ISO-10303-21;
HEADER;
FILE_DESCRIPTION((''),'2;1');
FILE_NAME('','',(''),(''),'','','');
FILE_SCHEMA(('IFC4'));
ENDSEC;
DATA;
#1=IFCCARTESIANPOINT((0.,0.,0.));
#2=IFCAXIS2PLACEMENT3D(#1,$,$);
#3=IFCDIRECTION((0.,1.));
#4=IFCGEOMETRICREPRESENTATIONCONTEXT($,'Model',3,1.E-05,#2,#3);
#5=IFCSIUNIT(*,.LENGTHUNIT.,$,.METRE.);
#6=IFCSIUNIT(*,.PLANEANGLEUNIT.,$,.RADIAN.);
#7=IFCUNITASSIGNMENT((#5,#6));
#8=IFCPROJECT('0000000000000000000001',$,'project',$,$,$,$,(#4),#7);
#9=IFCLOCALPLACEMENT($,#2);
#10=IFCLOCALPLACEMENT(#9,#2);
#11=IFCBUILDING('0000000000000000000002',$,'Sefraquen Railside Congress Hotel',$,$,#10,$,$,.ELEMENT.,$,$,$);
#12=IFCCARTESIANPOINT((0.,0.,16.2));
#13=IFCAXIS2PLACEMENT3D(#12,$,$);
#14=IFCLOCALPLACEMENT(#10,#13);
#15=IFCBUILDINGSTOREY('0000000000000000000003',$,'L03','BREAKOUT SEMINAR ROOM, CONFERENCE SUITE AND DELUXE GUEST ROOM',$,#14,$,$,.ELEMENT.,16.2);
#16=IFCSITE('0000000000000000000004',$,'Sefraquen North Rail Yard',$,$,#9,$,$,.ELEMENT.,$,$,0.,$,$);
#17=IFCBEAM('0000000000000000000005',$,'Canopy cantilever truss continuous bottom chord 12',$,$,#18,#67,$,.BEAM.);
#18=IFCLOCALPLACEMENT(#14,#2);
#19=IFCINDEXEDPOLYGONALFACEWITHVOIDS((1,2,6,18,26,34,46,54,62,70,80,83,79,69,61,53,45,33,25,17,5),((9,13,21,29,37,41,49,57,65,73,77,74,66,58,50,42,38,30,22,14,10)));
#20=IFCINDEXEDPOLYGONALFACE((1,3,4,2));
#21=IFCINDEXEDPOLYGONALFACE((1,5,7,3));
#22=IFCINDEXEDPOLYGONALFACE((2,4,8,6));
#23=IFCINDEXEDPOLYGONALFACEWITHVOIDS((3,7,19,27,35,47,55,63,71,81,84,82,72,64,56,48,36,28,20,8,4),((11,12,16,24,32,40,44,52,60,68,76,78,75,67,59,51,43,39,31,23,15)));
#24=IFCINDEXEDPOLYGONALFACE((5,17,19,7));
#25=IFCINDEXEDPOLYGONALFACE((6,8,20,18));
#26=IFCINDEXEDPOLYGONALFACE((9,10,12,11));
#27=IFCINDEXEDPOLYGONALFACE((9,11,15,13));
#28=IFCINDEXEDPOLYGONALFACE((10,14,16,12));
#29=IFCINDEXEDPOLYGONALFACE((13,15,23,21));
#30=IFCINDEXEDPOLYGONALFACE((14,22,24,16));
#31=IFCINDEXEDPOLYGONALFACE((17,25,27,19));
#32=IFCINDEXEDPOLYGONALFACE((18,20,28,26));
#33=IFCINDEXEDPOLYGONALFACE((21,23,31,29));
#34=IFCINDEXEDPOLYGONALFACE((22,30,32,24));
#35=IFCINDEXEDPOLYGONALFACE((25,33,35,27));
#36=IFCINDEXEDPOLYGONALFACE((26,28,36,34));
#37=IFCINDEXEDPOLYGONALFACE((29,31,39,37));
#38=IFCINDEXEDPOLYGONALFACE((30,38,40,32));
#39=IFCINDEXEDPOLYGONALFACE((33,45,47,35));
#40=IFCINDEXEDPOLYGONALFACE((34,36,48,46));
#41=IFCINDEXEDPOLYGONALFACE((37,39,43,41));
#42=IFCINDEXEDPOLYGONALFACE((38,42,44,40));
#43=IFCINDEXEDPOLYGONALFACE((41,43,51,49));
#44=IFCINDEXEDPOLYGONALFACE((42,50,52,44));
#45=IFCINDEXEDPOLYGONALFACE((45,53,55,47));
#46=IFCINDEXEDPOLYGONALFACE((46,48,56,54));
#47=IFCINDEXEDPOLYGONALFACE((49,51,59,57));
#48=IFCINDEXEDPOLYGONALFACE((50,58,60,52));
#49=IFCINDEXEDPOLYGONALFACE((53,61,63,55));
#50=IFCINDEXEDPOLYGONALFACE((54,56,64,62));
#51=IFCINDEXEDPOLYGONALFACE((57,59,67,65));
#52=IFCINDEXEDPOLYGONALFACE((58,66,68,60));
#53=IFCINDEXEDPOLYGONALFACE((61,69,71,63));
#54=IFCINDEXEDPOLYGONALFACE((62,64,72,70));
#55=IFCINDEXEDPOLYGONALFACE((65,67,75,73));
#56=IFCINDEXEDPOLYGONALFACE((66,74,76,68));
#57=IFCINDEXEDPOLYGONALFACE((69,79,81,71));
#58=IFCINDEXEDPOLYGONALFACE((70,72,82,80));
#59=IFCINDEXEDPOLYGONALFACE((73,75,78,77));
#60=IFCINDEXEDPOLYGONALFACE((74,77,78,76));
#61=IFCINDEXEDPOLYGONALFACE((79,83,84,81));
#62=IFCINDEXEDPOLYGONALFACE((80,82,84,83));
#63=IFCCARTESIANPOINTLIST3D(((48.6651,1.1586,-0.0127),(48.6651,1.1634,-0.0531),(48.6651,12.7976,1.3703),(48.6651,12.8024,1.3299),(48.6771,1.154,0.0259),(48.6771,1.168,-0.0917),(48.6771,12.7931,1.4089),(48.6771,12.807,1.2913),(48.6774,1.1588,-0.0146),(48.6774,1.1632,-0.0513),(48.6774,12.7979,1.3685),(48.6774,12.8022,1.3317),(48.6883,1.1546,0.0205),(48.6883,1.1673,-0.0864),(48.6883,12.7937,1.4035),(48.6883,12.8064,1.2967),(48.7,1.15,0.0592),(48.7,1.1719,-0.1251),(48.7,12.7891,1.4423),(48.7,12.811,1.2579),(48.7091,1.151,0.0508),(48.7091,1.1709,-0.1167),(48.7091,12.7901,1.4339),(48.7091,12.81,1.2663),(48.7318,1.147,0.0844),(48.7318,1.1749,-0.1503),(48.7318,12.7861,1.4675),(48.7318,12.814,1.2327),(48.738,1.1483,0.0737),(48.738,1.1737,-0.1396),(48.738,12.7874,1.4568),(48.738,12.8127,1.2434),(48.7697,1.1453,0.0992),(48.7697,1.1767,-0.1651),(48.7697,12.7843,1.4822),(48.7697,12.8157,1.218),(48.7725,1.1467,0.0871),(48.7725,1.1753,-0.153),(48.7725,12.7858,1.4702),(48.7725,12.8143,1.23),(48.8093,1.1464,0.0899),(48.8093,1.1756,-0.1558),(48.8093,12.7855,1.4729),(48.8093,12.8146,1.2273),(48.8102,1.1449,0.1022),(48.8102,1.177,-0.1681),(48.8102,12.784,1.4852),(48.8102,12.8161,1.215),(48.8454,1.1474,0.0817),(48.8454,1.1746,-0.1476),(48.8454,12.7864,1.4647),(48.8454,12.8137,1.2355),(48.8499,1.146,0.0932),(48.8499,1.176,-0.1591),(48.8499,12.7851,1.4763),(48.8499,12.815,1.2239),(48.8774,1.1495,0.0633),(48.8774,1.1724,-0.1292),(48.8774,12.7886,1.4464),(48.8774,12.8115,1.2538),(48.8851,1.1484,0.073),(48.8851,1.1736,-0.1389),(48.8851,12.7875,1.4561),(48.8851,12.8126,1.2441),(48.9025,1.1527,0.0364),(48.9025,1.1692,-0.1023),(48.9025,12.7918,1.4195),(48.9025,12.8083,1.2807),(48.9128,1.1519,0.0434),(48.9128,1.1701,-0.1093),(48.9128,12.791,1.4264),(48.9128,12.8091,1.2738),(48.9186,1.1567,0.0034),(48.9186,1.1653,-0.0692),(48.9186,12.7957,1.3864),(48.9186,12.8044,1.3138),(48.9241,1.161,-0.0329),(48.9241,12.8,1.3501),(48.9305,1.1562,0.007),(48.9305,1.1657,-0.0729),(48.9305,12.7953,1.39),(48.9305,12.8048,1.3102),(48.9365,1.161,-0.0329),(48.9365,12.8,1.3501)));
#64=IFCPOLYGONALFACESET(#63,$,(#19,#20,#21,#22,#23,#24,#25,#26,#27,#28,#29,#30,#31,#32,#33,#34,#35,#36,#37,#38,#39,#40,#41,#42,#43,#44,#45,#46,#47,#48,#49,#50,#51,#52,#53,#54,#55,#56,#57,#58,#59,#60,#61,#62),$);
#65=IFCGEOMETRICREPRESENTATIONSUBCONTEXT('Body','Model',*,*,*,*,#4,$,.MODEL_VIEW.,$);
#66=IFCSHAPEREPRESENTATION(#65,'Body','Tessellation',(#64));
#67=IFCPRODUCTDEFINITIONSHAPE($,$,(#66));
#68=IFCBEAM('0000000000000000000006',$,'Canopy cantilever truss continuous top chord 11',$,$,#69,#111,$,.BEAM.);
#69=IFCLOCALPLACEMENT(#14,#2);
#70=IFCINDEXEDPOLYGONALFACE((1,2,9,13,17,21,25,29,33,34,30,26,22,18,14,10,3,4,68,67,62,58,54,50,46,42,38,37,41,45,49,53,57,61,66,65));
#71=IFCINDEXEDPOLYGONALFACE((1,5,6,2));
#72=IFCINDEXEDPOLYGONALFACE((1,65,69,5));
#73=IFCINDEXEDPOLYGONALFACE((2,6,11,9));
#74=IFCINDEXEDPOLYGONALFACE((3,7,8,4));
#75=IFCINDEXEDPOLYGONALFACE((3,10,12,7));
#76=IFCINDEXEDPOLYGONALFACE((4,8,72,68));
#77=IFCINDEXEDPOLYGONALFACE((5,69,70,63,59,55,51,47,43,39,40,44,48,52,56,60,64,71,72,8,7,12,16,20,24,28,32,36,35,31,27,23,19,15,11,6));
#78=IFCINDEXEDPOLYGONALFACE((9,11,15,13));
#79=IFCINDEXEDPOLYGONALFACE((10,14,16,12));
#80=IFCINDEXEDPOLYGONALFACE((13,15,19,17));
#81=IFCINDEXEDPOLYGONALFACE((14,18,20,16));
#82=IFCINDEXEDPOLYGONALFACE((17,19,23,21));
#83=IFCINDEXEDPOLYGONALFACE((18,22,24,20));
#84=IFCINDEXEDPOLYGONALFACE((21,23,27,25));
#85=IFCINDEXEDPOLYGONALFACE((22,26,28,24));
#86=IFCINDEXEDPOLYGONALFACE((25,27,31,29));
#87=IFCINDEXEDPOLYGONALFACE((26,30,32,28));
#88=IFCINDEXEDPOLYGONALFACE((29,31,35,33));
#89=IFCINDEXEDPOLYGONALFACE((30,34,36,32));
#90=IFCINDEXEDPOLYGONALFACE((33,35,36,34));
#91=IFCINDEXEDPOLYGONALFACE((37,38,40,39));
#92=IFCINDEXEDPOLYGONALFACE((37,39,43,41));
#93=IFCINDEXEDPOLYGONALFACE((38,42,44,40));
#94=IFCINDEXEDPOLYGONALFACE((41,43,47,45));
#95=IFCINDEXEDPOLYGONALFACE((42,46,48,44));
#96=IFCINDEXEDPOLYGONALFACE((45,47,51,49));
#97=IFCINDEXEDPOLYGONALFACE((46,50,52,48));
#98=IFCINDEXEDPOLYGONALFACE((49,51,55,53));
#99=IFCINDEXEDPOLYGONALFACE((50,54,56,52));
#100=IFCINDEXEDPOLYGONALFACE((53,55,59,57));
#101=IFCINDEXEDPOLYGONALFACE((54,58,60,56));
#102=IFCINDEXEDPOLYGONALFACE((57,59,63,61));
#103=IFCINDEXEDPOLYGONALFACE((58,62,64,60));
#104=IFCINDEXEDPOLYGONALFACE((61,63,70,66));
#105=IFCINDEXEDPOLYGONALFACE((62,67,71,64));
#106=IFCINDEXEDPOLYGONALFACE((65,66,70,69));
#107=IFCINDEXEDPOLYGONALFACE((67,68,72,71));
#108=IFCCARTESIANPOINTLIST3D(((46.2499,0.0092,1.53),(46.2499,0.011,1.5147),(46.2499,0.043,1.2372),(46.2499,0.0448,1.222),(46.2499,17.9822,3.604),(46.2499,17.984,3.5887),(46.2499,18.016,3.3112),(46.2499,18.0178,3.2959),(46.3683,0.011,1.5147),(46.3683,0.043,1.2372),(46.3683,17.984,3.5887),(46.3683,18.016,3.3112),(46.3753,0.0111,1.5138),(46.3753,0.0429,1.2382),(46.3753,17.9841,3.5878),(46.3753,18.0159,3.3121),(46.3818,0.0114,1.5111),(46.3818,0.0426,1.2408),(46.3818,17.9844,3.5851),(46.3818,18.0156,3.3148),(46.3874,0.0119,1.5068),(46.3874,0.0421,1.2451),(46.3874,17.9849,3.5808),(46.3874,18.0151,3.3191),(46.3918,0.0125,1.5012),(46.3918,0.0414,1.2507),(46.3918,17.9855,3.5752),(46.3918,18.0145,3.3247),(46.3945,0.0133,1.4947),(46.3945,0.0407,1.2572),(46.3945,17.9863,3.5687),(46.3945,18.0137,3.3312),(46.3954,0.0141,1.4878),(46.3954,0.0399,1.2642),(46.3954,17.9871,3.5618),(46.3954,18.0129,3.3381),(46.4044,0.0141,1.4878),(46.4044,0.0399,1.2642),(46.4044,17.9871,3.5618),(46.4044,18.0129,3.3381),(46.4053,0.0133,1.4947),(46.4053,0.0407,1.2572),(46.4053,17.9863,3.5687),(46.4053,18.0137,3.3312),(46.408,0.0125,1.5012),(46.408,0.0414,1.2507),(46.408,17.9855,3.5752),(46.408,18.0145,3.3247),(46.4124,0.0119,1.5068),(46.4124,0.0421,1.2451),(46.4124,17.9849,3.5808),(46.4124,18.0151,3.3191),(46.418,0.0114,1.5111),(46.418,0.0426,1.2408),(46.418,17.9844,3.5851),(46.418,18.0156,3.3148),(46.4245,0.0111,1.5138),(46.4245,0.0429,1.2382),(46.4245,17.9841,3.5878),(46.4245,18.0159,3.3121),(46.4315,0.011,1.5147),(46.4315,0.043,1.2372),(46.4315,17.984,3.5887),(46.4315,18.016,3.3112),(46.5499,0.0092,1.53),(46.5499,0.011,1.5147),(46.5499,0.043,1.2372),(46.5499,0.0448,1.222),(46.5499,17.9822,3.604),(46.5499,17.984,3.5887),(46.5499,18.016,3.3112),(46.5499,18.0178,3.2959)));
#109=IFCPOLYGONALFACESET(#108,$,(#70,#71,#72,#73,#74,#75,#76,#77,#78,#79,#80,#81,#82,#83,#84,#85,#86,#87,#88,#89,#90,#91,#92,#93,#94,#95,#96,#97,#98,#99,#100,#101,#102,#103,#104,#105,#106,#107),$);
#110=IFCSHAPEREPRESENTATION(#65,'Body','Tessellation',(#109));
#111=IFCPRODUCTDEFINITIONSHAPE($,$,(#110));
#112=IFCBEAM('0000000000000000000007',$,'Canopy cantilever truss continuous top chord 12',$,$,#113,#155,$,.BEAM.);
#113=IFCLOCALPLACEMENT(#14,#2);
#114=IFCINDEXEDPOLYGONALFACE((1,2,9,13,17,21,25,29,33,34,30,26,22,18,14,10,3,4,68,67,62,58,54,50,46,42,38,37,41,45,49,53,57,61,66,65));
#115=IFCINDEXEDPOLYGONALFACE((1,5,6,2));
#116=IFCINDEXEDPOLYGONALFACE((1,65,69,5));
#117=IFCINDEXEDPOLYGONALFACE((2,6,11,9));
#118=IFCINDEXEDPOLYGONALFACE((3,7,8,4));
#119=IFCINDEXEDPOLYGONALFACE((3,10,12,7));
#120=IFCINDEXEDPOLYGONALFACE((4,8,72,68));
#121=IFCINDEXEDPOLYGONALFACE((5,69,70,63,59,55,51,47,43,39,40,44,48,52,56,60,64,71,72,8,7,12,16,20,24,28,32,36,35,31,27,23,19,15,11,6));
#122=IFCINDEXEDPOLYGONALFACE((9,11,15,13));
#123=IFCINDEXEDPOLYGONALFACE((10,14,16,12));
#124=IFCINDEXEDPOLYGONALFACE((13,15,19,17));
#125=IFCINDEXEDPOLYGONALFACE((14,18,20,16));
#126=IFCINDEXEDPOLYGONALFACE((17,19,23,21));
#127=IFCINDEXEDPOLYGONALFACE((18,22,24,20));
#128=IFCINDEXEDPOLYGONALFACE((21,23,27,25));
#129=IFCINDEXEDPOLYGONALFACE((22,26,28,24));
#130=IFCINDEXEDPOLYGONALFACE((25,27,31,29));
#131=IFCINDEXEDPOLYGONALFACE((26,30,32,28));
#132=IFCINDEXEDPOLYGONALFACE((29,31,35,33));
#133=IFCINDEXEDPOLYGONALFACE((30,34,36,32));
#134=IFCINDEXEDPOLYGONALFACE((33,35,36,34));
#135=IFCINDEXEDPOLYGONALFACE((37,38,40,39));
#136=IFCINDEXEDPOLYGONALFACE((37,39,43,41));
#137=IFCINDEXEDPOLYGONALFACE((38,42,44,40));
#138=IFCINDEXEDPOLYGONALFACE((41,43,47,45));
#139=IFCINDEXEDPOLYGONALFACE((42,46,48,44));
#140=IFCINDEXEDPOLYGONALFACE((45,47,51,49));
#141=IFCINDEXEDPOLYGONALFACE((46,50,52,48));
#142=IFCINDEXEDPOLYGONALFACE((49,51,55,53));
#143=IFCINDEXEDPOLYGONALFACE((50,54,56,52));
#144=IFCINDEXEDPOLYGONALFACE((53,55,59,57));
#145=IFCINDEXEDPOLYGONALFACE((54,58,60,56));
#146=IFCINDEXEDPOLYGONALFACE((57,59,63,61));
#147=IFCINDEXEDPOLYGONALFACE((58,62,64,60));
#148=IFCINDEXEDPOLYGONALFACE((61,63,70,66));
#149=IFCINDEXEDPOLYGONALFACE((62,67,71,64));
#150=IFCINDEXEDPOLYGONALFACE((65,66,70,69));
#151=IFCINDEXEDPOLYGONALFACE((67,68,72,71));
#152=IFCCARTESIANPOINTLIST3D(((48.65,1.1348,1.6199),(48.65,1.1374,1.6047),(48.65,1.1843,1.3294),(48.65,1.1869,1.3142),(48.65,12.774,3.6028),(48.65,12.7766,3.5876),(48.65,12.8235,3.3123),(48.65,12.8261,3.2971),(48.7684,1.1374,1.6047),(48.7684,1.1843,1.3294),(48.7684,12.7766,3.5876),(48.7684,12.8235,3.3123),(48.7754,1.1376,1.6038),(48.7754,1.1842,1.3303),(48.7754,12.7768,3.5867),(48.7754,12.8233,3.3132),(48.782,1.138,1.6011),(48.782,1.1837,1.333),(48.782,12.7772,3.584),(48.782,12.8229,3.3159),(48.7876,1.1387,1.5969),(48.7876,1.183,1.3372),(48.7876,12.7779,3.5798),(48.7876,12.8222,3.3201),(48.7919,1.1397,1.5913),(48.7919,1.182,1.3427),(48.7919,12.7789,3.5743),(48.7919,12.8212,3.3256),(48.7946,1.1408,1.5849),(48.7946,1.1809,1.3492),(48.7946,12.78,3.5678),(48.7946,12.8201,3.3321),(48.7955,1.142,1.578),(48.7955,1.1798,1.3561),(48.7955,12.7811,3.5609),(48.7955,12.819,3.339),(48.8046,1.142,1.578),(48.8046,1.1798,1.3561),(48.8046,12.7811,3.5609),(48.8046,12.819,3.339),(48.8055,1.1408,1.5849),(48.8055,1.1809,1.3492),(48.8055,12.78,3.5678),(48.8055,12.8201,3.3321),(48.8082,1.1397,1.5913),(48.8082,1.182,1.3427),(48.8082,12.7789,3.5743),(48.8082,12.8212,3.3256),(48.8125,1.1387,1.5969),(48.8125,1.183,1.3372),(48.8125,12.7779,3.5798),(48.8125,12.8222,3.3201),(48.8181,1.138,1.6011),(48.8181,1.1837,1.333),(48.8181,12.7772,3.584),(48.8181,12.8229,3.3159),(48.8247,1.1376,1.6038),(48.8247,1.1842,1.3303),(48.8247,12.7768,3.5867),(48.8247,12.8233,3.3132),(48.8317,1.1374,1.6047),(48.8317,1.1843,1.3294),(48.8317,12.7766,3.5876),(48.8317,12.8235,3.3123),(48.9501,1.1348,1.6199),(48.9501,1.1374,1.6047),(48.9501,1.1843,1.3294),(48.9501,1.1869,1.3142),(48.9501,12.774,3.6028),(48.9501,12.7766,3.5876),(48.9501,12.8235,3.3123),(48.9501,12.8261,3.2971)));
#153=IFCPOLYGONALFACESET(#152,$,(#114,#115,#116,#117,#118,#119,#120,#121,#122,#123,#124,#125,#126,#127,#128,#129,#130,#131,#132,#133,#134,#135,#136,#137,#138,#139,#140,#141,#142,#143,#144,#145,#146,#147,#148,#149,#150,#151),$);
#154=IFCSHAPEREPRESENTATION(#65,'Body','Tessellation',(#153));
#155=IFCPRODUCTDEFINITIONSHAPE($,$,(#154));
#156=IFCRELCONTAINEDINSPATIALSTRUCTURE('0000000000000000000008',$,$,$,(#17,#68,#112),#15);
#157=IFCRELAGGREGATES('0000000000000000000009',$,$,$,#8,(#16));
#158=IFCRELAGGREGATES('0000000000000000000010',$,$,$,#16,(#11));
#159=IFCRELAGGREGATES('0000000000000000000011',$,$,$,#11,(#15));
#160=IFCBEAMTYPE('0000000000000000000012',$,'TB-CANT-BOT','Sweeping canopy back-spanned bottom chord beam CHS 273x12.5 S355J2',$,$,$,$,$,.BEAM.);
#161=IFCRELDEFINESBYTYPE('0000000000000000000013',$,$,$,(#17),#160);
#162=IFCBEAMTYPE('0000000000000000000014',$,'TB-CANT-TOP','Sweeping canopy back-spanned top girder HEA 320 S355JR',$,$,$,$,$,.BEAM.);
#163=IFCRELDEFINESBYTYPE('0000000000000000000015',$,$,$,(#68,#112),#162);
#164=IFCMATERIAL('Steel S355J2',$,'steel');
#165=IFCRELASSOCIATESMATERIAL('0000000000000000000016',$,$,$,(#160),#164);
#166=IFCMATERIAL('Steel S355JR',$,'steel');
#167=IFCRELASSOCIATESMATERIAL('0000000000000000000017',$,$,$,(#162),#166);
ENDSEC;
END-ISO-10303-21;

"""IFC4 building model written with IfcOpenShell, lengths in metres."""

from ifc_helpers import new_model, si_unit, direction, frame, origin, origin_2d, place, context, subcontext, project, spatial, hollow_circle, i_section, extrude, material, material_profile, profile_set, type_object, element, save


model = new_model("IFC4")

# Units and contexts
model_context = context("Model", 3, precision=1e-05, world=origin(), true_north=direction((0.0, 1.0)))
body_context = subcontext(model_context, "Body", "Model", "MODEL_VIEW")
ifc_project = project(units=[si_unit("LENGTHUNIT", "METRE"), si_unit("PLANEANGLEUNIT", "RADIAN")], contexts=[model_context])

# Site, building, storey
site_placement = place(None, origin())
site = spatial("IfcSite", under=ifc_project, at=site_placement, Name="Sefraquen North Rail Yard", CompositionType="ELEMENT", RefElevation=0.0)
building_placement = place(site_placement, origin())
building = spatial("IfcBuilding", under=site, at=building_placement, Name="Sefraquen Railside Congress Hotel", CompositionType="ELEMENT")
storey_placement = place(building_placement, frame((0.0, 0.0, 16.2)))
storey = spatial("IfcBuildingStorey", under=building, at=storey_placement, Name="L03", Description="BREAKOUT SEMINAR ROOM, CONFERENCE SUITE AND DELUXE GUEST ROOM", CompositionType="ELEMENT", Elevation=16.2)

# Shared definitions
ifc_material_1 = material(Name="Steel S355JR", Category="steel")

# Beams
ifc_material_2 = material(Name="Steel S355J2", Category="steel")
ifc_material_profile_1 = material_profile(ifc_material_2, hollow_circle(Radius=0.1365, WallThickness=0.0125, at=origin_2d()), Name="CHS 273x12.5")
ifc_profile_set_1 = profile_set([ifc_material_profile_1], Name="Steel S355J2")
beam_type_1 = type_object("IfcBeamType", Name="TB-CANT-BOT", Description="Sweeping canopy back-spanned bottom chord beam CHS 273x12.5 S355J2", PredefinedType="BEAM", material=ifc_profile_set_1)
beam_1_placement = place(storey_placement, frame((48.8, 12.8, 1.3501), z_axis=(0.0, -0.993014, -0.117998), x_axis=(1.0, 0.0, 0.0)))
element("IfcBeam", 1, at=beam_1_placement, inside=storey, type_object=beam_type_1, Name="Canopy cantilever truss continuous bottom chord 12", PredefinedType="BEAM", context=body_context, shape_type="SweptSolid", body=[
    extrude(hollow_circle(Radius=0.1365, WallThickness=0.0125, at=origin_2d()), origin(), (0.0, 0.0, 1.0), 11.7209),
])
ifc_material_profile_2 = material_profile(ifc_material_1, i_section(OverallWidth=0.3, OverallDepth=0.3101, WebThickness=0.009, FlangeThickness=0.0154, FilletRadius=0.0271, at=origin_2d()), Name="HEA 320")
ifc_profile_set_2 = profile_set([ifc_material_profile_2], Name="Steel S355JR")
beam_type_2 = type_object("IfcBeamType", Name="TB-CANT-TOP", Description="Sweeping canopy back-spanned top girder HEA 320 S355JR", PredefinedType="BEAM", material=ifc_profile_set_2)
beam_2_placement = place(storey_placement, frame((46.3999, 18.0, 3.45), z_axis=(0.0, -0.993408, -0.114634), x_axis=(1.0, 0.0, 0.0)))
element("IfcBeam", 2, at=beam_2_placement, inside=storey, type_object=beam_type_2, Name="Canopy cantilever truss continuous top chord 11", PredefinedType="BEAM", context=body_context, shape_type="SweptSolid", body=[
    extrude(i_section(OverallWidth=0.3, OverallDepth=0.3101, WebThickness=0.009, FlangeThickness=0.0154, FilletRadius=0.0271, at=origin_2d()), origin(), (0.0, 0.0, 1.0), 18.0923),
])
beam_3_placement = place(storey_placement, frame((48.8, 12.8, 3.45), z_axis=(0.0, -0.985796, -0.167946), x_axis=(1.0, 0.0, 0.0)))
element("IfcBeam", 3, at=beam_3_placement, inside=storey, type_object=beam_type_2, Name="Canopy cantilever truss continuous top chord 12", PredefinedType="BEAM", context=body_context, shape_type="SweptSolid", body=[
    extrude(i_section(OverallWidth=0.3, OverallDepth=0.3101, WebThickness=0.009, FlangeThickness=0.0154, FilletRadius=0.0271, at=origin_2d()), origin(), (0.0, 0.0, 1.0), 11.8069),
])

save(model, "model.ifc")
